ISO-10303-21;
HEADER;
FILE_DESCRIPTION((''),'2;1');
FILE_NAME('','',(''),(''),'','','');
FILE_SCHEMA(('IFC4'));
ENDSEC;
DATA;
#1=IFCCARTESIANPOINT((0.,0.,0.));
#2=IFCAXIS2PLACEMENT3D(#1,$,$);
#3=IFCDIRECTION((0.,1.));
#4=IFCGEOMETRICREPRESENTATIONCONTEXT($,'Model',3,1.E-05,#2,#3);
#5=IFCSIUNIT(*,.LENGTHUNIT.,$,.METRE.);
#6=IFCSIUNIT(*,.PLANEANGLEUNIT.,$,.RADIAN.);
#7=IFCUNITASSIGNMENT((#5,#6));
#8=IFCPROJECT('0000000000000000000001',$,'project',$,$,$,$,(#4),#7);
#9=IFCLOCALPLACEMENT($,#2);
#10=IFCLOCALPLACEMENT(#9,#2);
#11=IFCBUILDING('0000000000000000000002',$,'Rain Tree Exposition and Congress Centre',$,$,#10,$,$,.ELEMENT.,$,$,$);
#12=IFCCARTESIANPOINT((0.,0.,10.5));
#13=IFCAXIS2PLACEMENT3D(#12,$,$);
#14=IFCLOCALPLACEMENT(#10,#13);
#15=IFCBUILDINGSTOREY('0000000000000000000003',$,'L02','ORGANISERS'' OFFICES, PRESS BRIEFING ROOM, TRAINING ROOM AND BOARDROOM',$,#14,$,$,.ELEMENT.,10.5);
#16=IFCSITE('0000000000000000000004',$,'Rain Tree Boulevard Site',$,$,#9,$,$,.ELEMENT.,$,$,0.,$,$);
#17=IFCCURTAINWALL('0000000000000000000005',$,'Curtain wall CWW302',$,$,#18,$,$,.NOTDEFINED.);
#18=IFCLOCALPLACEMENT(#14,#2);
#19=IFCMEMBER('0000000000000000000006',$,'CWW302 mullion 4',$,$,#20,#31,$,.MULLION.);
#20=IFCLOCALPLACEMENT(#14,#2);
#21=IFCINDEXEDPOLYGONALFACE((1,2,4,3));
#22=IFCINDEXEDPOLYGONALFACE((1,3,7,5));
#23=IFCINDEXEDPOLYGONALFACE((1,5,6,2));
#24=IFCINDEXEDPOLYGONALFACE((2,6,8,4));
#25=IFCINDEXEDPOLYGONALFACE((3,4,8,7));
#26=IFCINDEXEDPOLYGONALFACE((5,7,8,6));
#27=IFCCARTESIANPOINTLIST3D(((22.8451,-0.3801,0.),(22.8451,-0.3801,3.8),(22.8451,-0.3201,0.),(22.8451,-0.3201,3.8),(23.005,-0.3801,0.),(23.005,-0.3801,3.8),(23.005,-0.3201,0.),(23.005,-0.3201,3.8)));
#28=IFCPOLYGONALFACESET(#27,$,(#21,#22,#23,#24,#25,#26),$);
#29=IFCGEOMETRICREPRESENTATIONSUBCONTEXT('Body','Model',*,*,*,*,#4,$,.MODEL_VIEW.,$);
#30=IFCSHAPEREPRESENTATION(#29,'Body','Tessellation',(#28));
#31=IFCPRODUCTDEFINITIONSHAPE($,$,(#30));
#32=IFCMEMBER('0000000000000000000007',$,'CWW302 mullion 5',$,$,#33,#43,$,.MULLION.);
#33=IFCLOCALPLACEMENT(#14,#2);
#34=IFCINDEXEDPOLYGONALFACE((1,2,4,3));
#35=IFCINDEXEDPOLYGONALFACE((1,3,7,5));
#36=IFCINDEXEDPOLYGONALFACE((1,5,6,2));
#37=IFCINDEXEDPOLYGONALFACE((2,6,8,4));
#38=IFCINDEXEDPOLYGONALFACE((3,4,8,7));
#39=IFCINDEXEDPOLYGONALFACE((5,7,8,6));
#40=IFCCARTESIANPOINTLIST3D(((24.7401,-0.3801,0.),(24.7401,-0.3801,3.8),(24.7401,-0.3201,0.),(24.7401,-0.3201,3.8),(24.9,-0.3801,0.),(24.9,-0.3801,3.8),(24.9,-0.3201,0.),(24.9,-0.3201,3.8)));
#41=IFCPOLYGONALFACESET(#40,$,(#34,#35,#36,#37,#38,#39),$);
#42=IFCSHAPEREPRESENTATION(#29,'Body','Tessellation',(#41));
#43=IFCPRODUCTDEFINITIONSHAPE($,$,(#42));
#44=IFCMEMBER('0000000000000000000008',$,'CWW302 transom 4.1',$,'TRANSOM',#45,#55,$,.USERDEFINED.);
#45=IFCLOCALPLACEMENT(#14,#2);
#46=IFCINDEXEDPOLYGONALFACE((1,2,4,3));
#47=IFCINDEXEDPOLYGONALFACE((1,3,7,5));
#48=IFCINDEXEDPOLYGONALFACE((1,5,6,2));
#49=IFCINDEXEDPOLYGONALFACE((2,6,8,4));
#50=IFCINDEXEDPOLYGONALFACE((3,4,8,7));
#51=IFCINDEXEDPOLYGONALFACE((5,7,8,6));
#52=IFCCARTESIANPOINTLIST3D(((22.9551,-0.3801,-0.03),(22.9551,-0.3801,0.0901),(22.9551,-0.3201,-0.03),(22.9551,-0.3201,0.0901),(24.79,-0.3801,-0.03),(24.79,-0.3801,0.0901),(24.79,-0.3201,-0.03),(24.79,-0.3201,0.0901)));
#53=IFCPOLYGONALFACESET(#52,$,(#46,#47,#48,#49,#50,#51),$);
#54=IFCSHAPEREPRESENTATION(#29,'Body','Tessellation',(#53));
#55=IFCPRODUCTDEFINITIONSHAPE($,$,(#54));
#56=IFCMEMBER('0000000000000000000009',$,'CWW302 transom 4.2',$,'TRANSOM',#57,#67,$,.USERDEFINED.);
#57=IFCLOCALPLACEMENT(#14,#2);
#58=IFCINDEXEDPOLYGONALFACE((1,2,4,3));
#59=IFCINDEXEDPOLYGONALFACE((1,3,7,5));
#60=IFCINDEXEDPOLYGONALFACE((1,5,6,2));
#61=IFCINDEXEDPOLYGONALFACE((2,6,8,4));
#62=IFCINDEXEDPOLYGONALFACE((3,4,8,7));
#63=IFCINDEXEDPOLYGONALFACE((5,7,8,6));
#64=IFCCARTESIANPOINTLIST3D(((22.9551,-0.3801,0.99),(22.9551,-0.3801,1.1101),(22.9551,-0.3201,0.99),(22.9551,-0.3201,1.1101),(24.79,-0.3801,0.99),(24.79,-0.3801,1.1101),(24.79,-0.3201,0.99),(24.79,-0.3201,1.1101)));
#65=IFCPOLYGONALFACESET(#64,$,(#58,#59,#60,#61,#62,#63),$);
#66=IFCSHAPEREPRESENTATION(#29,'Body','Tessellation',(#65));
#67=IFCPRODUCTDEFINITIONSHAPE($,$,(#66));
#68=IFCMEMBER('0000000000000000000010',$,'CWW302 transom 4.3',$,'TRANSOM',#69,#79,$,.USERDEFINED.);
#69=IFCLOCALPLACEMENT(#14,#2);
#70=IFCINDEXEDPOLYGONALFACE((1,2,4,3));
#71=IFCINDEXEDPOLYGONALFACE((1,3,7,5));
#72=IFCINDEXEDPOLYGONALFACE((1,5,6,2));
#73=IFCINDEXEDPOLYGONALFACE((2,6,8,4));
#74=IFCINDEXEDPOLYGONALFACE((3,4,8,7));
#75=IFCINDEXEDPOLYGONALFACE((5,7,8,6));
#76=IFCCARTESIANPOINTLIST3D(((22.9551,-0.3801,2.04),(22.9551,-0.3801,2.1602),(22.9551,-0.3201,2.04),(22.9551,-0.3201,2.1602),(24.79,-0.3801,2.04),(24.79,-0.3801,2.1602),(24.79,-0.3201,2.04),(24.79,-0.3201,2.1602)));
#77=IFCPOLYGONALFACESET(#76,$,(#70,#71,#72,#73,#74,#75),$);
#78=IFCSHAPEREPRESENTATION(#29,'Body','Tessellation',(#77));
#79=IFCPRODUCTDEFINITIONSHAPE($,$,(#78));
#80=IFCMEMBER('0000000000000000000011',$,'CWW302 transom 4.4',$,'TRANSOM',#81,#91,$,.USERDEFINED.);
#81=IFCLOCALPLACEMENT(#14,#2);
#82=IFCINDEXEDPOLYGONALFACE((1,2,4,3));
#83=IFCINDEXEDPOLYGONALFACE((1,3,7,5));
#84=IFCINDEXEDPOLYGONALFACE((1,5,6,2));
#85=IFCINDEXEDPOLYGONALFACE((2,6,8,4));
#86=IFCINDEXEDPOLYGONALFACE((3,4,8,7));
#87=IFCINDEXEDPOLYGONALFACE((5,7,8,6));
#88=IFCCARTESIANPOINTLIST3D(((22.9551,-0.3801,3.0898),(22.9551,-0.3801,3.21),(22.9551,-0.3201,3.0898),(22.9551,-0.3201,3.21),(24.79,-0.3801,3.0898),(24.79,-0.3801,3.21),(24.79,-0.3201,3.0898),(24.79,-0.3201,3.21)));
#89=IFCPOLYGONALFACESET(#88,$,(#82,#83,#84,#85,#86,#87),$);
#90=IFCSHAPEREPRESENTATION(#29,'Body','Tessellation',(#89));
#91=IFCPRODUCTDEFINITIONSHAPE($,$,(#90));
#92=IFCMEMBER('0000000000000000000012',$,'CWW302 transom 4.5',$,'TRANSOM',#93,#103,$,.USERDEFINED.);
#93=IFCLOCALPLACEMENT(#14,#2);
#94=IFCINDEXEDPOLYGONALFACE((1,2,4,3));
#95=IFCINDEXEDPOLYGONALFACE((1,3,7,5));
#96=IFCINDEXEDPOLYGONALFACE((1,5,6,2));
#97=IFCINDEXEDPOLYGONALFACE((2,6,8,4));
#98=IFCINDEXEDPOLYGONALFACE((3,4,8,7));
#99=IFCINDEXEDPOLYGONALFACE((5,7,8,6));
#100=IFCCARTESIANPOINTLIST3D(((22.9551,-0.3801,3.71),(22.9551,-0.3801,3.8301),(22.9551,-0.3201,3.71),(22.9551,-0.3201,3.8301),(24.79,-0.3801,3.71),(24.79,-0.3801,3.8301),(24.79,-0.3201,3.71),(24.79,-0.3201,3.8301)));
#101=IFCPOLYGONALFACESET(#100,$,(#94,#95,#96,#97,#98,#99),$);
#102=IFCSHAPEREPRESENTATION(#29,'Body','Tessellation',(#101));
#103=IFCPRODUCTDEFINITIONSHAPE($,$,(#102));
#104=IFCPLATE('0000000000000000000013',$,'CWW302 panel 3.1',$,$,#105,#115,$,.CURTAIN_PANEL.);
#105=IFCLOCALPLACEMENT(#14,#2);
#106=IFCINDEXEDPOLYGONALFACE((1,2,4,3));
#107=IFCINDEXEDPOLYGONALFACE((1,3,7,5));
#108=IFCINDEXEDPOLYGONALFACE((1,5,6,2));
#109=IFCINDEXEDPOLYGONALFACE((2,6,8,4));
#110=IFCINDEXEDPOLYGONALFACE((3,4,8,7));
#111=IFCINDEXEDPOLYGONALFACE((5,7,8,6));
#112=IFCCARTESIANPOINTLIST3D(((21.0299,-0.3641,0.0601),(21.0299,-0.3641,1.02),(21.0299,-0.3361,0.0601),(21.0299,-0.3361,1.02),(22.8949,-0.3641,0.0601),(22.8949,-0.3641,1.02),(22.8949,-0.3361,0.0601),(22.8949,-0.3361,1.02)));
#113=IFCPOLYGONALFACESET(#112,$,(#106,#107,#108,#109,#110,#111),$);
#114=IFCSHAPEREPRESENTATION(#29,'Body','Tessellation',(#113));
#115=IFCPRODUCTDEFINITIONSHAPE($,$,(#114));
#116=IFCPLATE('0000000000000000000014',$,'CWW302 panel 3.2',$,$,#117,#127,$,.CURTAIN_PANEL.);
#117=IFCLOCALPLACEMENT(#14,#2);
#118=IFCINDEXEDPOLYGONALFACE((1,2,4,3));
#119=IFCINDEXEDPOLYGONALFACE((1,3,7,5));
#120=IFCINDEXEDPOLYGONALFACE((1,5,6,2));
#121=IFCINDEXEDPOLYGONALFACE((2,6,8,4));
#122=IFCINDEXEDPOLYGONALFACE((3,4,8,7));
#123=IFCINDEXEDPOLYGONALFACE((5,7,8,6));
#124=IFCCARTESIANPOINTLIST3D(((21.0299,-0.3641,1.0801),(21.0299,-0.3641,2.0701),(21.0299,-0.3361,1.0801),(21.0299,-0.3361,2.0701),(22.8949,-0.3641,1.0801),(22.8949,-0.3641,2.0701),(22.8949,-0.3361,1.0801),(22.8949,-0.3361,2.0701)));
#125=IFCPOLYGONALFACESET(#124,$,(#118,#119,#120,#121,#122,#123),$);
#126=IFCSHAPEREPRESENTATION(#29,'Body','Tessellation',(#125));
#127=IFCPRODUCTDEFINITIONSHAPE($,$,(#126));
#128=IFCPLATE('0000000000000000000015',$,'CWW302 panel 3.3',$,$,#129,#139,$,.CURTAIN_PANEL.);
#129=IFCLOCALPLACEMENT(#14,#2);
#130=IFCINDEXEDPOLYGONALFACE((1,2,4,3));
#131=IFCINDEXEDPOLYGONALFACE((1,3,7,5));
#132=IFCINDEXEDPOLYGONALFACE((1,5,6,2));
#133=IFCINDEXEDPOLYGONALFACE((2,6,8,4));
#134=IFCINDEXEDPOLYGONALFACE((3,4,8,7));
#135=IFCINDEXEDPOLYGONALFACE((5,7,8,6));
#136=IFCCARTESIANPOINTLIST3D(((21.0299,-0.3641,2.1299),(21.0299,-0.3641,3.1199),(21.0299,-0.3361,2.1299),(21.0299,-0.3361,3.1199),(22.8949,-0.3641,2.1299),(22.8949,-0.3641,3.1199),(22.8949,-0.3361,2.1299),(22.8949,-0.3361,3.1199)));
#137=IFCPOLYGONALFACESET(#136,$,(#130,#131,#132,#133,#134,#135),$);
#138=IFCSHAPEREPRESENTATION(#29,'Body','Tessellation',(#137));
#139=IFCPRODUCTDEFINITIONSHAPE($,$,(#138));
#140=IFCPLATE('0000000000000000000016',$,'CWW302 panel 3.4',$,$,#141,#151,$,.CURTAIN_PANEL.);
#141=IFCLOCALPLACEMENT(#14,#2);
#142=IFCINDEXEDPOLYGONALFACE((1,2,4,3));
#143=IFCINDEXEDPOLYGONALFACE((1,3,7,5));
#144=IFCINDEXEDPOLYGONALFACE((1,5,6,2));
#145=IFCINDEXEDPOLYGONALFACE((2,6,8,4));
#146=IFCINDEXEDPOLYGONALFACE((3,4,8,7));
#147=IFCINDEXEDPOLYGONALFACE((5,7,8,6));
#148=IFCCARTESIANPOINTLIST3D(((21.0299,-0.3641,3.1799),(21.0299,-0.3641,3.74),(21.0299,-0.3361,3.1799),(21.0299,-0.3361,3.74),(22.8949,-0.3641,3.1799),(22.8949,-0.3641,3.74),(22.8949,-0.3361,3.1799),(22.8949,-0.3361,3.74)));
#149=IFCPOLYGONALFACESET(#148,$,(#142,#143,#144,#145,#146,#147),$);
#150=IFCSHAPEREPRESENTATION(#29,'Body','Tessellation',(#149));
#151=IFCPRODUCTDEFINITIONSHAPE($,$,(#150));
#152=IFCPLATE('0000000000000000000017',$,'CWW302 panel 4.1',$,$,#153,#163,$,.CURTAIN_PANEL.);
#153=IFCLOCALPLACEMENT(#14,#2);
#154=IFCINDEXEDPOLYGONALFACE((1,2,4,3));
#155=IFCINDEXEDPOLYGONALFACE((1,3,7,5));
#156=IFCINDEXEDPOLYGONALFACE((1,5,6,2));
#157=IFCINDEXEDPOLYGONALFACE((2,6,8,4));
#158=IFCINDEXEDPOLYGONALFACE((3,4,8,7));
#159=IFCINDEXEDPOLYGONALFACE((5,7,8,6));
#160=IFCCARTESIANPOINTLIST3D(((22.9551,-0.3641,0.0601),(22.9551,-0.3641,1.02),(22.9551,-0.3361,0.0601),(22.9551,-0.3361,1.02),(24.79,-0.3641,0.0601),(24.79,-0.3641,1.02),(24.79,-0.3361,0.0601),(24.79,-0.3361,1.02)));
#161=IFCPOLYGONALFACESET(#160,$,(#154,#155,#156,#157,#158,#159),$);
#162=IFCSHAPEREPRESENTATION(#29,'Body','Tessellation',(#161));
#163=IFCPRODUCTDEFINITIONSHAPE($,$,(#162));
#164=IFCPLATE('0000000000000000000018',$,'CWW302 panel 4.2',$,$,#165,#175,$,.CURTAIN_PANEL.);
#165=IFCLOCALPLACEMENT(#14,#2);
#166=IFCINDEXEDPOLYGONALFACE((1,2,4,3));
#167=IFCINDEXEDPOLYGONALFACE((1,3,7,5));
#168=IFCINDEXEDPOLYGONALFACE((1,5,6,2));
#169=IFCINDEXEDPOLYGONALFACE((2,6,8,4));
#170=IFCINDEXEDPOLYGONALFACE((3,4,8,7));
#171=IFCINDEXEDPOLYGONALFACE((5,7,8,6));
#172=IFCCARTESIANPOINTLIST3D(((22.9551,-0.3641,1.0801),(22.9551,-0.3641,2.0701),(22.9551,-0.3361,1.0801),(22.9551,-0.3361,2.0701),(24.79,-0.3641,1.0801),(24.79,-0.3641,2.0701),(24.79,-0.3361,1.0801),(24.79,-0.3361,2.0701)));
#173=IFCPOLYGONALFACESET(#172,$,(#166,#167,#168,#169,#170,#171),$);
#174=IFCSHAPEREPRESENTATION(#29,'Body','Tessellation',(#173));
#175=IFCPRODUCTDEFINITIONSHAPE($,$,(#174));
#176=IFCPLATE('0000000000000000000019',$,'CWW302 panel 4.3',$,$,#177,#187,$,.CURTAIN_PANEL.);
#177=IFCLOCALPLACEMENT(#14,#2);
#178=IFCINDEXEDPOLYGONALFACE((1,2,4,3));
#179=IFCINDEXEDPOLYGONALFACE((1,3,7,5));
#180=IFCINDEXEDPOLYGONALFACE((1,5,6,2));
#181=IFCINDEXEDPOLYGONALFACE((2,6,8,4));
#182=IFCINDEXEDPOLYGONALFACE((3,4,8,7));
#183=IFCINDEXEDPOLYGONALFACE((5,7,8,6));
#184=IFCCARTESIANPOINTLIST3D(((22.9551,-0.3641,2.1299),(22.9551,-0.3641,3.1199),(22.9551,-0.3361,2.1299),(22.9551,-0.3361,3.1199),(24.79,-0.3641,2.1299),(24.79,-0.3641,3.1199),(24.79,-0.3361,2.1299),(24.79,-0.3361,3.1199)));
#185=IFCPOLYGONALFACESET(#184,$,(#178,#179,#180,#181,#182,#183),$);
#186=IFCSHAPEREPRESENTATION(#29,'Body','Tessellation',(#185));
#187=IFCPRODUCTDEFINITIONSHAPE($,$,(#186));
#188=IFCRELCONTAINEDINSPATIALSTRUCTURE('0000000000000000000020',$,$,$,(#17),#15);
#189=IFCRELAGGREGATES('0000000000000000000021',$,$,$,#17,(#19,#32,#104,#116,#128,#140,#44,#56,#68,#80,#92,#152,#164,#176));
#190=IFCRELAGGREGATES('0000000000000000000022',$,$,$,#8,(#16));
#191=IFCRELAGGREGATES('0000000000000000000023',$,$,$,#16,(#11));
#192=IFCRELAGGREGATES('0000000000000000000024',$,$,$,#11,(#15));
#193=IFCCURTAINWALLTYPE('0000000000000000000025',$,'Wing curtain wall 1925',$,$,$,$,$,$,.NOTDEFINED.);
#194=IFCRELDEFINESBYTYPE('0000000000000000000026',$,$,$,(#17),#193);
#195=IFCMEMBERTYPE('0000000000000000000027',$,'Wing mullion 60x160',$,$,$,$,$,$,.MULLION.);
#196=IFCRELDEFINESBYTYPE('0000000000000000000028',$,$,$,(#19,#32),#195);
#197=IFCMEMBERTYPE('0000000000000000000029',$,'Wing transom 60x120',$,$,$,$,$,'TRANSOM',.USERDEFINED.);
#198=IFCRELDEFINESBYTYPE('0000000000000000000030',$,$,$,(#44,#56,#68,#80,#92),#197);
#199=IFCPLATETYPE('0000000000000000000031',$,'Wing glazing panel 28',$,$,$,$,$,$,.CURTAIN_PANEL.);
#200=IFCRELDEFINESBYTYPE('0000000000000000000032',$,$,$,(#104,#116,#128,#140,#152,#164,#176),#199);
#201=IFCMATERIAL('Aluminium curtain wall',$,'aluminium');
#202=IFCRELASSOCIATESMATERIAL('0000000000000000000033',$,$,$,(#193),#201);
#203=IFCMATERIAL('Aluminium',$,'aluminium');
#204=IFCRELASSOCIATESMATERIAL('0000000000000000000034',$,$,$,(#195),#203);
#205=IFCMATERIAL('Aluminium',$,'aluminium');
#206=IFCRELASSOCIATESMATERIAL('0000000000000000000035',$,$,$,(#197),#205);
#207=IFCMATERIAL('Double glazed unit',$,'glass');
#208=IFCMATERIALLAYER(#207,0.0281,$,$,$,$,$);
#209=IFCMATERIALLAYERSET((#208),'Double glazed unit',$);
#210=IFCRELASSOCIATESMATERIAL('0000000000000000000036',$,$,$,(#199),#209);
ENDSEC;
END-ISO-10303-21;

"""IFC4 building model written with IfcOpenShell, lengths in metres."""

from ifc_helpers import new_model, si_unit, direction, frame, origin, origin_2d, place, context, subcontext, project, spatial, rectangle, extrude, material, layer, layer_set, material_profile, profile_set, type_object, element, aggregate, save


model = new_model("IFC4")

# Units and contexts
model_context = context("Model", 3, precision=1e-05, world=origin(), true_north=direction((0.0, 1.0)))
body_context = subcontext(model_context, "Body", "Model", "MODEL_VIEW")
ifc_project = project(units=[si_unit("LENGTHUNIT", "METRE"), si_unit("PLANEANGLEUNIT", "RADIAN")], contexts=[model_context])

# Site, building, storey
site_placement = place(None, origin())
site = spatial("IfcSite", under=ifc_project, at=site_placement, Name="Rain Tree Boulevard Site", CompositionType="ELEMENT", RefElevation=0.0)
building_placement = place(site_placement, origin())
building = spatial("IfcBuilding", under=site, at=building_placement, Name="Rain Tree Exposition and Congress Centre", CompositionType="ELEMENT")
storey_placement = place(building_placement, frame((0.0, 0.0, 10.5)))
storey = spatial("IfcBuildingStorey", under=building, at=storey_placement, Name="L02", Description="ORGANISERS' OFFICES, PRESS BRIEFING ROOM, TRAINING ROOM AND BOARDROOM", CompositionType="ELEMENT", Elevation=10.5)

# Curtain wall, members, plates
ifc_material_1 = material(Name="Aluminium curtain wall", Category="aluminium")
curtain_wall_type = type_object("IfcCurtainWallType", Name="Wing curtain wall 1925", PredefinedType="NOTDEFINED", material=ifc_material_1)
curtain_wall_placement = place(storey_placement, origin())
curtain_wall = element("IfcCurtainWall", 1, at=curtain_wall_placement, inside=storey, type_object=curtain_wall_type, Name="Curtain wall CWW302", PredefinedType="NOTDEFINED")
ifc_material_2 = material(Name="Aluminium", Category="aluminium")
ifc_material_profile_1 = material_profile(ifc_material_2, rectangle(XDim=0.0601, YDim=0.1599, at=origin_2d()), Name="Aluminium 60x160")
ifc_profile_set_1 = profile_set([ifc_material_profile_1], Name="Aluminium")
member_type_1 = type_object("IfcMemberType", Name="Wing mullion 60x160", PredefinedType="MULLION", material=ifc_profile_set_1)
member_1_placement = place(storey_placement, frame((22.925, -0.3501, 0.0), z_axis=(0.0, 0.0, 1.0), x_axis=(0.0, 1.0, 0.0)))
member_1 = element("IfcMember", 2, at=member_1_placement, type_object=member_type_1, Name="CWW302 mullion 4", PredefinedType="MULLION", context=body_context, shape_type="SweptSolid", body=[
    extrude(rectangle(XDim=0.0601, YDim=0.1599, at=origin_2d()), origin(), (0.0, 0.0, 1.0), 3.8),
])
member_2_placement = place(storey_placement, frame((24.8201, -0.3501, 0.0), z_axis=(0.0, 0.0, 1.0), x_axis=(0.0, 1.0, 0.0)))
member_2 = element("IfcMember", 3, at=member_2_placement, type_object=member_type_1, Name="CWW302 mullion 5", PredefinedType="MULLION", context=body_context, shape_type="SweptSolid", body=[
    extrude(rectangle(XDim=0.0601, YDim=0.1599, at=origin_2d()), origin(), (0.0, 0.0, 1.0), 3.8),
])
ifc_material_3 = material(Name="Aluminium", Category="aluminium")
ifc_material_profile_2 = material_profile(ifc_material_3, rectangle(XDim=0.0601, YDim=0.1201, at=origin_2d()), Name="Aluminium 60x120")
ifc_profile_set_2 = profile_set([ifc_material_profile_2], Name="Aluminium")
member_type_2 = type_object("IfcMemberType", Name="Wing transom 60x120", ElementType="TRANSOM", PredefinedType="USERDEFINED", material=ifc_profile_set_2)
member_3_placement = place(storey_placement, frame((22.9551, -0.3501, 0.03), z_axis=(1.0, 0.0, 0.0), x_axis=(0.0, 1.0, 0.0)))
member_3 = element("IfcMember", 4, at=member_3_placement, type_object=member_type_2, Name="CWW302 transom 4.1", ObjectType="TRANSOM", PredefinedType="USERDEFINED", context=body_context, shape_type="SweptSolid", body=[
    extrude(rectangle(XDim=0.0601, YDim=0.1201, at=origin_2d()), origin(), (0.0, 0.0, 1.0), 1.835),
])
member_4_placement = place(storey_placement, frame((22.9551, -0.3501, 1.05), z_axis=(1.0, 0.0, 0.0), x_axis=(0.0, 1.0, 0.0)))
member_4 = element("IfcMember", 5, at=member_4_placement, type_object=member_type_2, Name="CWW302 transom 4.2", ObjectType="TRANSOM", PredefinedType="USERDEFINED", context=body_context, shape_type="SweptSolid", body=[
    extrude(rectangle(XDim=0.0601, YDim=0.1201, at=origin_2d()), origin(), (0.0, 0.0, 1.0), 1.835),
])
member_5_placement = place(storey_placement, frame((22.9551, -0.3501, 2.1001), z_axis=(1.0, 0.0, 0.0), x_axis=(0.0, 1.0, 0.0)))
member_5 = element("IfcMember", 6, at=member_5_placement, type_object=member_type_2, Name="CWW302 transom 4.3", ObjectType="TRANSOM", PredefinedType="USERDEFINED", context=body_context, shape_type="SweptSolid", body=[
    extrude(rectangle(XDim=0.0601, YDim=0.1201, at=origin_2d()), origin(), (0.0, 0.0, 1.0), 1.835),
])
member_6_placement = place(storey_placement, frame((22.9551, -0.3501, 3.1499), z_axis=(1.0, 0.0, 0.0), x_axis=(0.0, 1.0, 0.0)))
member_6 = element("IfcMember", 7, at=member_6_placement, type_object=member_type_2, Name="CWW302 transom 4.4", ObjectType="TRANSOM", PredefinedType="USERDEFINED", context=body_context, shape_type="SweptSolid", body=[
    extrude(rectangle(XDim=0.0601, YDim=0.1201, at=origin_2d()), origin(), (0.0, 0.0, 1.0), 1.835),
])
member_7_placement = place(storey_placement, frame((22.9551, -0.3501, 3.77), z_axis=(1.0, 0.0, 0.0), x_axis=(0.0, 1.0, 0.0)))
member_7 = element("IfcMember", 8, at=member_7_placement, type_object=member_type_2, Name="CWW302 transom 4.5", ObjectType="TRANSOM", PredefinedType="USERDEFINED", context=body_context, shape_type="SweptSolid", body=[
    extrude(rectangle(XDim=0.0601, YDim=0.1201, at=origin_2d()), origin(), (0.0, 0.0, 1.0), 1.835),
])
ifc_material_4 = material(Name="Double glazed unit", Category="glass")
ifc_layer_1 = layer(ifc_material_4, 0.0281)
ifc_layer_set_1 = layer_set([ifc_layer_1], Name="Double glazed unit")
plate_type = type_object("IfcPlateType", Name="Wing glazing panel 28", PredefinedType="CURTAIN_PANEL", material=ifc_layer_set_1)
plate_1_placement = place(storey_placement, frame((21.9624, -0.3501, 0.0601), z_axis=(0.0, 0.0, 1.0), x_axis=(1.0, 0.0, 0.0)))
plate_1 = element("IfcPlate", 9, at=plate_1_placement, type_object=plate_type, Name="CWW302 panel 3.1", PredefinedType="CURTAIN_PANEL", context=body_context, shape_type="SweptSolid", body=[
    extrude(rectangle(XDim=1.865, YDim=0.0281, at=origin_2d()), origin(), (0.0, 0.0, 1.0), 0.96),
])
plate_2_placement = place(storey_placement, frame((21.9624, -0.3501, 1.0801), z_axis=(0.0, 0.0, 1.0), x_axis=(1.0, 0.0, 0.0)))
plate_2 = element("IfcPlate", 10, at=plate_2_placement, type_object=plate_type, Name="CWW302 panel 3.2", PredefinedType="CURTAIN_PANEL", context=body_context, shape_type="SweptSolid", body=[
    extrude(rectangle(XDim=1.865, YDim=0.0281, at=origin_2d()), origin(), (0.0, 0.0, 1.0), 0.99),
])
plate_3_placement = place(storey_placement, frame((21.9624, -0.3501, 2.1299), z_axis=(0.0, 0.0, 1.0), x_axis=(1.0, 0.0, 0.0)))
plate_3 = element("IfcPlate", 11, at=plate_3_placement, type_object=plate_type, Name="CWW302 panel 3.3", PredefinedType="CURTAIN_PANEL", context=body_context, shape_type="SweptSolid", body=[
    extrude(rectangle(XDim=1.865, YDim=0.0281, at=origin_2d()), origin(), (0.0, 0.0, 1.0), 0.99),
])
plate_4_placement = place(storey_placement, frame((21.9624, -0.3501, 3.1799), z_axis=(0.0, 0.0, 1.0), x_axis=(1.0, 0.0, 0.0)))
plate_4 = element("IfcPlate", 12, at=plate_4_placement, type_object=plate_type, Name="CWW302 panel 3.4", PredefinedType="CURTAIN_PANEL", context=body_context, shape_type="SweptSolid", body=[
    extrude(rectangle(XDim=1.865, YDim=0.0281, at=origin_2d()), origin(), (0.0, 0.0, 1.0), 0.5601),
])
plate_5_placement = place(storey_placement, frame((23.8726, -0.3501, 0.0601), z_axis=(0.0, 0.0, 1.0), x_axis=(1.0, 0.0, 0.0)))
plate_5 = element("IfcPlate", 13, at=plate_5_placement, type_object=plate_type, Name="CWW302 panel 4.1", PredefinedType="CURTAIN_PANEL", context=body_context, shape_type="SweptSolid", body=[
    extrude(rectangle(XDim=1.835, YDim=0.0281, at=origin_2d()), origin(), (0.0, 0.0, 1.0), 0.96),
])
plate_6_placement = place(storey_placement, frame((23.8726, -0.3501, 1.0801), z_axis=(0.0, 0.0, 1.0), x_axis=(1.0, 0.0, 0.0)))
plate_6 = element("IfcPlate", 14, at=plate_6_placement, type_object=plate_type, Name="CWW302 panel 4.2", PredefinedType="CURTAIN_PANEL", context=body_context, shape_type="SweptSolid", body=[
    extrude(rectangle(XDim=1.835, YDim=0.0281, at=origin_2d()), origin(), (0.0, 0.0, 1.0), 0.99),
])
plate_7_placement = place(storey_placement, frame((23.8726, -0.3501, 2.1299), z_axis=(0.0, 0.0, 1.0), x_axis=(1.0, 0.0, 0.0)))
plate_7 = element("IfcPlate", 15, at=plate_7_placement, type_object=plate_type, Name="CWW302 panel 4.3", PredefinedType="CURTAIN_PANEL", context=body_context, shape_type="SweptSolid", body=[
    extrude(rectangle(XDim=1.835, YDim=0.0281, at=origin_2d()), origin(), (0.0, 0.0, 1.0), 0.99),
])
aggregate(curtain_wall, [member_1, member_2, plate_1, plate_2, plate_3, plate_4, member_3, member_4, member_5, member_6, member_7, plate_5, plate_6, plate_7])

save(model, "model.ifc")
